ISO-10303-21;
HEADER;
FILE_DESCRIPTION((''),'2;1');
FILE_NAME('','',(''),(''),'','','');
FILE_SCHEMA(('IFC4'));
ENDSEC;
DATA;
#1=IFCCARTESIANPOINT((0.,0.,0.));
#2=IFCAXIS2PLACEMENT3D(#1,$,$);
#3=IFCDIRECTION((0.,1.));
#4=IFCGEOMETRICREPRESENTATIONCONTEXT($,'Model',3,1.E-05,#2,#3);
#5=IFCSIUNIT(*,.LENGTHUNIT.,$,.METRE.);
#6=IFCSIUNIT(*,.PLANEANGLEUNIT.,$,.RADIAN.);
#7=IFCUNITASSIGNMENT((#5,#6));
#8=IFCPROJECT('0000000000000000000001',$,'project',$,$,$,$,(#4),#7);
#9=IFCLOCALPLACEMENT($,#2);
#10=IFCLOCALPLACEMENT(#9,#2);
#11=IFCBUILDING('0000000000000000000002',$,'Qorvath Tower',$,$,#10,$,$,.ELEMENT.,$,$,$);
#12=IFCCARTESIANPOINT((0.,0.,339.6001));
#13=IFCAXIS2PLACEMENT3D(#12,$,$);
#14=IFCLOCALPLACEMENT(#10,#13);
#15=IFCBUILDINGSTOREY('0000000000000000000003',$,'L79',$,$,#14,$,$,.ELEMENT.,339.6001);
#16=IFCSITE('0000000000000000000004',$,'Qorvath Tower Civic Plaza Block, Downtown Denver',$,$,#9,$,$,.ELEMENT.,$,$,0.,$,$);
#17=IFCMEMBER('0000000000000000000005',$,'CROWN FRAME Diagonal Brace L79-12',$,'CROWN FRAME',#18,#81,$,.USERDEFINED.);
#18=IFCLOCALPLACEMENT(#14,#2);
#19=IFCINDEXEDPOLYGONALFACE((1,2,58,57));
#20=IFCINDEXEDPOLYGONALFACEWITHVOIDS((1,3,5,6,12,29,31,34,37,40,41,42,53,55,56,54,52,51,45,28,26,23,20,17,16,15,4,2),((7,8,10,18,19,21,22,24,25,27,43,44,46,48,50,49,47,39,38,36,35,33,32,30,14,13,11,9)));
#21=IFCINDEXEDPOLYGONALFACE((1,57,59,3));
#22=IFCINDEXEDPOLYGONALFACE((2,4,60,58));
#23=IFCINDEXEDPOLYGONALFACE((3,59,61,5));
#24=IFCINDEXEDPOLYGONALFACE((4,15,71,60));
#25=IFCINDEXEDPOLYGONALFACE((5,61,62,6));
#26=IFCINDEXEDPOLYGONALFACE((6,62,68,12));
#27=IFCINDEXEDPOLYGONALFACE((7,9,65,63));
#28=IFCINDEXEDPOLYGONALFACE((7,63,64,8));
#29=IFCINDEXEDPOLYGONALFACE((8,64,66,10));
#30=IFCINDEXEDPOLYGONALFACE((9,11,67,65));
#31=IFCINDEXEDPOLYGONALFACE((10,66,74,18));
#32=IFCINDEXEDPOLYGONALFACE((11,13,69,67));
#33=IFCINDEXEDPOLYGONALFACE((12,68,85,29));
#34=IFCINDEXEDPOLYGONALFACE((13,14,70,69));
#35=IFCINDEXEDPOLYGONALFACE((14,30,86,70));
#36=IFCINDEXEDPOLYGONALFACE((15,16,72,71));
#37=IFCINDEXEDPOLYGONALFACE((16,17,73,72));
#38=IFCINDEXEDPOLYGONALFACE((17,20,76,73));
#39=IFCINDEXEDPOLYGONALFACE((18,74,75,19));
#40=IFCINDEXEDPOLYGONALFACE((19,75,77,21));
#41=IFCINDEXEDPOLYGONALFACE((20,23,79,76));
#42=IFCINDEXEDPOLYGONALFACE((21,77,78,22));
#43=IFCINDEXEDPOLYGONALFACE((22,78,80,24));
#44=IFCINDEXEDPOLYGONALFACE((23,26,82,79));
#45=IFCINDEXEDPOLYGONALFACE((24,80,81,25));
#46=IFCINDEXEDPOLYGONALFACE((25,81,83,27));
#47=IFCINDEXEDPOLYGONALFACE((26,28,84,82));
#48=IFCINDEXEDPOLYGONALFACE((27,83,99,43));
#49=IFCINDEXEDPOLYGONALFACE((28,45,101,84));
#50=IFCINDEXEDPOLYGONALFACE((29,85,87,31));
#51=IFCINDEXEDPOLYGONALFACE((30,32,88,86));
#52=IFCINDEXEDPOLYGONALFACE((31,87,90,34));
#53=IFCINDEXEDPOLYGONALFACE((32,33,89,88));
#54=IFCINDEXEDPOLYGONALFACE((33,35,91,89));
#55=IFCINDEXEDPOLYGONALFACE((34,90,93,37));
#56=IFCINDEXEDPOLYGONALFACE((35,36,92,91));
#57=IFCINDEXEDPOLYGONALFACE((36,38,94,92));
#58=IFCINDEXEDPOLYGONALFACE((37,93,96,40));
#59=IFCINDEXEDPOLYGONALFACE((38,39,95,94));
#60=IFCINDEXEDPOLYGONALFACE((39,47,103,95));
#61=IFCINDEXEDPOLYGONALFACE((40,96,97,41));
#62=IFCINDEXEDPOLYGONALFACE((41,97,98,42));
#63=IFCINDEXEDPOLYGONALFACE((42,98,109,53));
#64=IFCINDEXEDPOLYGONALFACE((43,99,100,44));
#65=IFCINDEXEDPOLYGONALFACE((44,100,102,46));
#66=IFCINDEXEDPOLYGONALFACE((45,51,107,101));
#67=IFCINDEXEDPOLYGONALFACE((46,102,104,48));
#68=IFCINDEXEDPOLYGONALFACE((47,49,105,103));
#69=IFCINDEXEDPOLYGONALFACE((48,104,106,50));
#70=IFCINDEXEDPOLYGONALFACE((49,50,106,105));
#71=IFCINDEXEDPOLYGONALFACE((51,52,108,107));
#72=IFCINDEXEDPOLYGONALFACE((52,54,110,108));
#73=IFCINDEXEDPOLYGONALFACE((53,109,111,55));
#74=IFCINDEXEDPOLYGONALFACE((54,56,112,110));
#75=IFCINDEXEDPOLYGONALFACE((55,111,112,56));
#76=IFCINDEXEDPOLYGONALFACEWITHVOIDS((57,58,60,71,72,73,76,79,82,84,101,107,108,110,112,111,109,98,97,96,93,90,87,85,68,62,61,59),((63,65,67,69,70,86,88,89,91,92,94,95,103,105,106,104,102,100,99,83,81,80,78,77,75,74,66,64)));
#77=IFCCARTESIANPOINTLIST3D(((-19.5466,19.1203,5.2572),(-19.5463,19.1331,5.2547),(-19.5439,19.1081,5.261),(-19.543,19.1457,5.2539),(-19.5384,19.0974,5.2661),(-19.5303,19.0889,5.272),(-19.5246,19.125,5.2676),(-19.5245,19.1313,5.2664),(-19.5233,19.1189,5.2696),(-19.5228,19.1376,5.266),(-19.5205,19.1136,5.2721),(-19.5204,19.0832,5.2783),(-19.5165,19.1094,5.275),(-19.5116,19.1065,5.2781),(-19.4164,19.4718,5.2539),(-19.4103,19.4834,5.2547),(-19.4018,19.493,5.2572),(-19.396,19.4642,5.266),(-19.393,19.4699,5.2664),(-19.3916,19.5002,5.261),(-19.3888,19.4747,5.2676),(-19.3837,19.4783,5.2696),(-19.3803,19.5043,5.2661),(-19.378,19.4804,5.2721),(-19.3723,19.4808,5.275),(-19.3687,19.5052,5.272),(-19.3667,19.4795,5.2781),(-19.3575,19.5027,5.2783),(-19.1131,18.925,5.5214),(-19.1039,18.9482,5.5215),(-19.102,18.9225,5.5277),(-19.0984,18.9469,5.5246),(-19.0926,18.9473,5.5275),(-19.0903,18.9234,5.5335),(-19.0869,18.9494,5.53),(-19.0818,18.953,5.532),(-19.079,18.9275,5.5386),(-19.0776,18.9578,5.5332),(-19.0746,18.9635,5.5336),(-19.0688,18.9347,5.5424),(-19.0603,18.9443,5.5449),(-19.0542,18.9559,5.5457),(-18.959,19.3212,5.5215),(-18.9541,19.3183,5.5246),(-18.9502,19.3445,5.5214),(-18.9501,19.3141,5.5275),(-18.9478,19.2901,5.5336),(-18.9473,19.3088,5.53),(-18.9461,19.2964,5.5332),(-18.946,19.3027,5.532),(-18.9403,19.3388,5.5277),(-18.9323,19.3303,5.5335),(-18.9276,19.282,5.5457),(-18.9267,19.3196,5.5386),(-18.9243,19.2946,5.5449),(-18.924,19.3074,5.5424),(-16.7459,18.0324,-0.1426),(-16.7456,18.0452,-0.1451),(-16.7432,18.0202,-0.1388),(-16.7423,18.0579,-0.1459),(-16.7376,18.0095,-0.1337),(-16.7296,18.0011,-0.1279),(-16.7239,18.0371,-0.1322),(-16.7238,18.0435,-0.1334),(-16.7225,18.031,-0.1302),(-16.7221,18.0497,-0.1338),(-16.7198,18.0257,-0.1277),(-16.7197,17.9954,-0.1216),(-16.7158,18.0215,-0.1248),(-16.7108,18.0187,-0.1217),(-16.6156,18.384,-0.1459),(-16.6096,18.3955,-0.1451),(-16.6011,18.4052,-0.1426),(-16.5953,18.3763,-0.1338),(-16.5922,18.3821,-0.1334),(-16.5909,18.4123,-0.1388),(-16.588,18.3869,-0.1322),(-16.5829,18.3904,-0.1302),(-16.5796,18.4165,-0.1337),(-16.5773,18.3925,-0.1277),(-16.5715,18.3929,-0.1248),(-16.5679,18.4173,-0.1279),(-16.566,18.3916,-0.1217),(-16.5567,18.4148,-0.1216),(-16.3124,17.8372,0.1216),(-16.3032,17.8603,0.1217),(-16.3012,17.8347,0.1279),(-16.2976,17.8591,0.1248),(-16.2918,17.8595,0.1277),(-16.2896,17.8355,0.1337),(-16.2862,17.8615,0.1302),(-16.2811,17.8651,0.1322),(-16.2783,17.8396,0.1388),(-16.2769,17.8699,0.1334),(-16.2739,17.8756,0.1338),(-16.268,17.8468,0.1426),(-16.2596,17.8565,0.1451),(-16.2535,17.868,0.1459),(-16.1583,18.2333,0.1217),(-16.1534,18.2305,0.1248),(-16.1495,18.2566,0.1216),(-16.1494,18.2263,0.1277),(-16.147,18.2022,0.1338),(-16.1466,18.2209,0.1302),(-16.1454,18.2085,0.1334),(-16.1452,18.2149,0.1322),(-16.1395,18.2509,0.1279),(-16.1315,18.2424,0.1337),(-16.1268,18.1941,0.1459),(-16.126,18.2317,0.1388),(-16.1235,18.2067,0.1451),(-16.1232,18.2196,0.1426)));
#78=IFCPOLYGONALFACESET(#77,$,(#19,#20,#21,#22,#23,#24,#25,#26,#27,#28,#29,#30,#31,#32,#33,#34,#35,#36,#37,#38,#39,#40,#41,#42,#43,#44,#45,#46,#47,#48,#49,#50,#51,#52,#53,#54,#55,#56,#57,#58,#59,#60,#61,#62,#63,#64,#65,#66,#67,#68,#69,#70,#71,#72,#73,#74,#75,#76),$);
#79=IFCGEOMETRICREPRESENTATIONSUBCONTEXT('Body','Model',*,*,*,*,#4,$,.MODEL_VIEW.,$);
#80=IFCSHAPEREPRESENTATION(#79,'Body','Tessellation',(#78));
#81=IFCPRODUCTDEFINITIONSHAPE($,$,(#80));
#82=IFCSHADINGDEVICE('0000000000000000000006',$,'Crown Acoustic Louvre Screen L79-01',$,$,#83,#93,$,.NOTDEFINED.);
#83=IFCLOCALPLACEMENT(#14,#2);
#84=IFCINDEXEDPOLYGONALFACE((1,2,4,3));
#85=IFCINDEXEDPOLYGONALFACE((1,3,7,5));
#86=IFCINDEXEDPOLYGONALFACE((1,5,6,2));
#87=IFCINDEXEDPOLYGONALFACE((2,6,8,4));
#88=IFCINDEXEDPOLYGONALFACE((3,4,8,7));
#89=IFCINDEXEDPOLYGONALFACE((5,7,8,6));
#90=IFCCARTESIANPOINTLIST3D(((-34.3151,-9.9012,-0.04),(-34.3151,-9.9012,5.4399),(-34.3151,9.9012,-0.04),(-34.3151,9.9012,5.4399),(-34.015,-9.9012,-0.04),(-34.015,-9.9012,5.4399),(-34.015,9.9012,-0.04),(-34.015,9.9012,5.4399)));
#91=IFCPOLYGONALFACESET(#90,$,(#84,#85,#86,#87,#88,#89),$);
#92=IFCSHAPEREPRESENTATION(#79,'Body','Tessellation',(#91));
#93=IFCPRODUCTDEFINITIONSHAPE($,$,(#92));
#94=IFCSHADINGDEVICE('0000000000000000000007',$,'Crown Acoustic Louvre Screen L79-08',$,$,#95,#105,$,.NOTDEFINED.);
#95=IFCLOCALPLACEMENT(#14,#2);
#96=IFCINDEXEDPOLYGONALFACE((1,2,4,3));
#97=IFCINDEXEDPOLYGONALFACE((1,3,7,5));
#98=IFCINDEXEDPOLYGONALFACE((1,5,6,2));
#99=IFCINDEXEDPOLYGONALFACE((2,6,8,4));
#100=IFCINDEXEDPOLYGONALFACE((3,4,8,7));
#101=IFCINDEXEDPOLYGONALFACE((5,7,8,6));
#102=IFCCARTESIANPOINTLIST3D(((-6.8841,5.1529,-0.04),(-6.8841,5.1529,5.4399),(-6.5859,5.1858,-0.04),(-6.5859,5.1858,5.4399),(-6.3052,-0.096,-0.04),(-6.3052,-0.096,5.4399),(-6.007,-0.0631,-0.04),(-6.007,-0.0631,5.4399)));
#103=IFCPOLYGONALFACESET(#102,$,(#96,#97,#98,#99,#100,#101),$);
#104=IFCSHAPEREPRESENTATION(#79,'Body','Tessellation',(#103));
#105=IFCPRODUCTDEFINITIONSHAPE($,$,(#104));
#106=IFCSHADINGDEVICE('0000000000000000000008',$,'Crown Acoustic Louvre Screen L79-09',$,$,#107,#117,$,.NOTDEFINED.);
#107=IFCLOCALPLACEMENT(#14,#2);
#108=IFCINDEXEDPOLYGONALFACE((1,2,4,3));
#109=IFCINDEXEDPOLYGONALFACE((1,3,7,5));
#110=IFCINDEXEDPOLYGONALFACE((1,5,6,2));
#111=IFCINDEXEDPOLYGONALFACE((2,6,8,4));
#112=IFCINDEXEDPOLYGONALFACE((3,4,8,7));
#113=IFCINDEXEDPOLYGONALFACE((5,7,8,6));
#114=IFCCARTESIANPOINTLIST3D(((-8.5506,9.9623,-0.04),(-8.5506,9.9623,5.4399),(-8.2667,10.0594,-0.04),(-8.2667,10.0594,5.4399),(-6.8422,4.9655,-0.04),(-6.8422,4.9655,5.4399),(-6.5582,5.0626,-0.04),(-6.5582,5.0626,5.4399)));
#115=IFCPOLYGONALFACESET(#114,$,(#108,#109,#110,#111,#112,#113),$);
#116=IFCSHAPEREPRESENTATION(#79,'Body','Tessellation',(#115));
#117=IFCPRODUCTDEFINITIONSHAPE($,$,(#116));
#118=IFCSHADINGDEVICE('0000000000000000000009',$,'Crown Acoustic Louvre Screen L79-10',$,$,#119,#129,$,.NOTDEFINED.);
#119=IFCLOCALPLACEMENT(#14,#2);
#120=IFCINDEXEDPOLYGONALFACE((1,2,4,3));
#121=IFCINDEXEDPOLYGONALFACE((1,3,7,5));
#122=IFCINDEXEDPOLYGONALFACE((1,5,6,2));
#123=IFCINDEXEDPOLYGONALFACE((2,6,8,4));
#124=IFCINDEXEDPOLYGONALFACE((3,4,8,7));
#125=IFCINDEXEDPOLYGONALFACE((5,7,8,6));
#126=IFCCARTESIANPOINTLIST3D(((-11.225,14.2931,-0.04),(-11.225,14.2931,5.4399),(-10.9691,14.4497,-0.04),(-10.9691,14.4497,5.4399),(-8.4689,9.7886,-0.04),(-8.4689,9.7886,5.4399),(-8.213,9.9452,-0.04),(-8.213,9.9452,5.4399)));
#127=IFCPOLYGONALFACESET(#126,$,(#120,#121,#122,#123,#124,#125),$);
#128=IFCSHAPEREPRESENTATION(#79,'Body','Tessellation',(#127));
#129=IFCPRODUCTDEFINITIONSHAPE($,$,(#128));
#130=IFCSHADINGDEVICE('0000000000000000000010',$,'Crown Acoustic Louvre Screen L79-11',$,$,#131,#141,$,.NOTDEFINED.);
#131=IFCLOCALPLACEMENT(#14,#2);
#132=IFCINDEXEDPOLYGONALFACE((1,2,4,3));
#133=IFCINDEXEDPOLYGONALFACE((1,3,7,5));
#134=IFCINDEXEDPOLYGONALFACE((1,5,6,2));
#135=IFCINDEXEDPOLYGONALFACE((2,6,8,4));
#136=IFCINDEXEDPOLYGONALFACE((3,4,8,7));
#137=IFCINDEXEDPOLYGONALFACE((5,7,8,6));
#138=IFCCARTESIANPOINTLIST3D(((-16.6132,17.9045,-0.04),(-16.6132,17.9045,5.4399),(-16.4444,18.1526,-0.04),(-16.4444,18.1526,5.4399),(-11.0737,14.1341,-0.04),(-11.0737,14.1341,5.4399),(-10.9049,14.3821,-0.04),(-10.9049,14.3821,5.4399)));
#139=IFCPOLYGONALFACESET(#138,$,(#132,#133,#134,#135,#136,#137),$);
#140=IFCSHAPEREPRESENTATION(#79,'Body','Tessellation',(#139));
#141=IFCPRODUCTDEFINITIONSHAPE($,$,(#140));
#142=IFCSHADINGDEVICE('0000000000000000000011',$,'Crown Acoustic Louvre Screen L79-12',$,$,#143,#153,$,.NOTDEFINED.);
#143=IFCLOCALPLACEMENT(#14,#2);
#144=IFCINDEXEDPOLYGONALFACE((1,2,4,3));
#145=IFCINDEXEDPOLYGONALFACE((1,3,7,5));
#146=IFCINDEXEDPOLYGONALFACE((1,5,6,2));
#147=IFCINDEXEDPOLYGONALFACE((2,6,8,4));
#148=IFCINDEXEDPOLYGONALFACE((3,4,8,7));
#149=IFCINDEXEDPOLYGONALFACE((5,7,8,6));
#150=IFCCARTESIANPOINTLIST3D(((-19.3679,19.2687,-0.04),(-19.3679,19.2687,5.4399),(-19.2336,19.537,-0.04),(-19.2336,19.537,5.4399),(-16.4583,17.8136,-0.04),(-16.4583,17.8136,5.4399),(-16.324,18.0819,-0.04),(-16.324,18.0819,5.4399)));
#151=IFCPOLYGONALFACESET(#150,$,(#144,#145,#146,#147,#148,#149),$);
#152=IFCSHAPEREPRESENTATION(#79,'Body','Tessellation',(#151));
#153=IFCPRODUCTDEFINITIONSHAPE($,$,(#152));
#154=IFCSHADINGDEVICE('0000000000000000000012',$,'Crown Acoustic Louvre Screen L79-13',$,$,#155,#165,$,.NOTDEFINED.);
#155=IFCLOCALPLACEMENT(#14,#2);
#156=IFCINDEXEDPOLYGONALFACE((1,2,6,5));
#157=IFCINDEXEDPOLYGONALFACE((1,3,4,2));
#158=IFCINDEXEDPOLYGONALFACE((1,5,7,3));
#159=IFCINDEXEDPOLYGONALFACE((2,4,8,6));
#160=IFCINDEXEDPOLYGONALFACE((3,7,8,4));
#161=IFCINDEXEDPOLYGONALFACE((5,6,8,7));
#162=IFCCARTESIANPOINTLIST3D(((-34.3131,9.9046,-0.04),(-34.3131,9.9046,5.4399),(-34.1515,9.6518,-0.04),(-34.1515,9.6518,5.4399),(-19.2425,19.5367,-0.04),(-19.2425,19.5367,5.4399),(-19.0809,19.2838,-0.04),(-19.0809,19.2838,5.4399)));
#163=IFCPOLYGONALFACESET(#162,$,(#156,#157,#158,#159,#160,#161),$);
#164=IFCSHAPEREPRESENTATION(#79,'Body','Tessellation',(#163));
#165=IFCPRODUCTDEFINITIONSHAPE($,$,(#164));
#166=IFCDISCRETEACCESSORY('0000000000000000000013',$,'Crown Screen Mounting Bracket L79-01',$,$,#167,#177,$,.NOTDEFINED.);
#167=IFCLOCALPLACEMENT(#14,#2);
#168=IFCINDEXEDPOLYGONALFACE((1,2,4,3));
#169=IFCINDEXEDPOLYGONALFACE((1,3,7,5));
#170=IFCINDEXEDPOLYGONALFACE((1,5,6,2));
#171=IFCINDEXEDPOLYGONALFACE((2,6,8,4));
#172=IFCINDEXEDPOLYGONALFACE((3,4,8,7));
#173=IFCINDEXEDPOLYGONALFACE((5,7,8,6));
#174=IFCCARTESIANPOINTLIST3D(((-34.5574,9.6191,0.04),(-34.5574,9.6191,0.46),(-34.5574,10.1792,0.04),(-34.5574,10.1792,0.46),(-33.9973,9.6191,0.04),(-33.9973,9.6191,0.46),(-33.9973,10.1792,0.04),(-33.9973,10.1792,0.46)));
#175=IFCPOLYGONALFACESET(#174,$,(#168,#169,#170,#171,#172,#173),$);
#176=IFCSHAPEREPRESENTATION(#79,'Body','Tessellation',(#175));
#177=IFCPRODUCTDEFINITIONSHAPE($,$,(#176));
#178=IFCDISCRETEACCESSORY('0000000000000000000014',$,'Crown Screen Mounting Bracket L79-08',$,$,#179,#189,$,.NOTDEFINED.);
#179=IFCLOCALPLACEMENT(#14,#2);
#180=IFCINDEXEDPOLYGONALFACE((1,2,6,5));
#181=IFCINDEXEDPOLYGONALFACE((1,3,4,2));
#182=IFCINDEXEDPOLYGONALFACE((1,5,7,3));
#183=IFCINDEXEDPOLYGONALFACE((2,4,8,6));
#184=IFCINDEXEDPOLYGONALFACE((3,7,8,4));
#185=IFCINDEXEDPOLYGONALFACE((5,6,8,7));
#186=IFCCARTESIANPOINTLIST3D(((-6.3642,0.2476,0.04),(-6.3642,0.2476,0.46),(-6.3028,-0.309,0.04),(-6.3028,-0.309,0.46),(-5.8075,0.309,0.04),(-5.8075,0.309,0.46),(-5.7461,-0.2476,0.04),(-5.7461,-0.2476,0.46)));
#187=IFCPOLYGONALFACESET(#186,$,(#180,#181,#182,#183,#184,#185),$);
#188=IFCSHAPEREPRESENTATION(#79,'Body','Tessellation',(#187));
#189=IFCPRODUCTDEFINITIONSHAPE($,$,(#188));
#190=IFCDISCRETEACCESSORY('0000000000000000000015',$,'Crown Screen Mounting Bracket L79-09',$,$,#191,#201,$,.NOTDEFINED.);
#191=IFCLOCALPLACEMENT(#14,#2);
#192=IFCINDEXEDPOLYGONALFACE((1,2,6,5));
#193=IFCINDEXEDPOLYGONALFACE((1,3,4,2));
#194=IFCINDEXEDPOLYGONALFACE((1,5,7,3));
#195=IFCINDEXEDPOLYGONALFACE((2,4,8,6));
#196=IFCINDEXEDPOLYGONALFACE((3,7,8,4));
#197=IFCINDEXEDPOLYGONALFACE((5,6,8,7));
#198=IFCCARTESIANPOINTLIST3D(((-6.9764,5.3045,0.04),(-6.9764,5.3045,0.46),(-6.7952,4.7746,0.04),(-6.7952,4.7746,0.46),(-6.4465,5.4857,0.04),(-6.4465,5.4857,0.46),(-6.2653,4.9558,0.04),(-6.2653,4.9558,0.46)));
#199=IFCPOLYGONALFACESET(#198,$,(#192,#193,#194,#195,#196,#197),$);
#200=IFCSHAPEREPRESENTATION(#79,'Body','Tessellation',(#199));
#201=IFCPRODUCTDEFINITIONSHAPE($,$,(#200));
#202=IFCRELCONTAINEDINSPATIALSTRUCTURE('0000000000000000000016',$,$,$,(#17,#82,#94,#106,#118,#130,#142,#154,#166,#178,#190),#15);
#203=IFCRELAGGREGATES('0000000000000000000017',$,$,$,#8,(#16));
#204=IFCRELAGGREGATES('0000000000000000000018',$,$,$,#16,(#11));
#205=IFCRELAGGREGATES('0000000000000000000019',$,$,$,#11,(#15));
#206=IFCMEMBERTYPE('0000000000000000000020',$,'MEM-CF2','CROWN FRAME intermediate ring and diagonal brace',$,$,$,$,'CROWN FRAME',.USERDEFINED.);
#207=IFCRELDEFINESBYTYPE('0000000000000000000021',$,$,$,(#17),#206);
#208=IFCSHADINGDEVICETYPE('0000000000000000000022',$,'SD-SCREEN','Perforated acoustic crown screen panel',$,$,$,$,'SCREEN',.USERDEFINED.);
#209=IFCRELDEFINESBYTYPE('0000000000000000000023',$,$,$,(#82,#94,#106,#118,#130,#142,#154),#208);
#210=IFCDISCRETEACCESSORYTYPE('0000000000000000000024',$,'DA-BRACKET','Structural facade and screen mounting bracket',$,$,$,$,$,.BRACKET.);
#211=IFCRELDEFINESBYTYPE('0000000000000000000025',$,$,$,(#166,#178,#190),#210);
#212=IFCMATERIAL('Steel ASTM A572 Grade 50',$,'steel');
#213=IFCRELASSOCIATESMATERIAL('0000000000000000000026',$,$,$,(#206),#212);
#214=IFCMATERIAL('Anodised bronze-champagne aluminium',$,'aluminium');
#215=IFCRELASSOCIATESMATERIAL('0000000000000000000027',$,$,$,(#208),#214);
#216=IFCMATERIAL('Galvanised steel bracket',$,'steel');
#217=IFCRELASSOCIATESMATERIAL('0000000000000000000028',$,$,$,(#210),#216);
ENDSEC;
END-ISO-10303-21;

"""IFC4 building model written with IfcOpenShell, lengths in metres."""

from ifc_helpers import new_model, si_unit, direction, frame, origin, origin_2d, place, context, subcontext, project, spatial, rectangle, hollow_rectangle, extrude, material, material_profile, profile_set, type_object, element, save


model = new_model("IFC4")

# Units and contexts
model_context = context("Model", 3, precision=1e-05, world=origin(), true_north=direction((0.0, 1.0)))
body_context = subcontext(model_context, "Body", "Model", "MODEL_VIEW")
ifc_project = project(units=[si_unit("LENGTHUNIT", "METRE"), si_unit("PLANEANGLEUNIT", "RADIAN")], contexts=[model_context])

# Site, building, storey
site_placement = place(None, origin())
site = spatial("IfcSite", under=ifc_project, at=site_placement, Name="Qorvath Tower Civic Plaza Block, Downtown Denver", CompositionType="ELEMENT", RefElevation=0.0)
building_placement = place(site_placement, origin())
building = spatial("IfcBuilding", under=site, at=building_placement, Name="Qorvath Tower", CompositionType="ELEMENT")
storey_placement = place(building_placement, frame((0.0, 0.0, 339.6001)))
storey = spatial("IfcBuildingStorey", under=building, at=storey_placement, Name="L79", CompositionType="ELEMENT", Elevation=339.6001)

# Member
ifc_material_1 = material(Name="Steel ASTM A572 Grade 50", Category="steel")
ifc_material_profile_1 = material_profile(ifc_material_1, hollow_rectangle(XDim=0.45, YDim=0.6001, WallThickness=0.0249, InnerFilletRadius=0.0249, OuterFilletRadius=0.05, at=origin_2d()), Name="CROWN BOX 600x450x25")
ifc_profile_set_1 = profile_set([ifc_material_profile_1], Name="Steel ASTM A572 Grade 50")
member_type_1 = type_object("IfcMemberType", Name="MEM-CF2", Description="CROWN FRAME intermediate ring and diagonal brace", ElementType="CROWN FRAME", PredefinedType="USERDEFINED", material=ifc_profile_set_1)
member_1_placement = place(storey_placement, frame((-16.4346, 18.126, 0.0), z_axis=(-0.453234, 0.176047, 0.873834), x_axis=(-0.36207, -0.932151, 0.0)))
element("IfcMember", 1, at=member_1_placement, inside=storey, type_object=member_type_1, Name="CROWN FRAME Diagonal Brace L79-12", ObjectType="CROWN FRAME", PredefinedType="USERDEFINED", context=body_context, shape_type="SweptSolid", body=[
    extrude(hollow_rectangle(XDim=0.45, YDim=0.6001, WallThickness=0.0249, InnerFilletRadius=0.0249, OuterFilletRadius=0.05, at=origin_2d()), origin(), (0.0, 0.0, 1.0), 6.1794),
])

# Shading devices
ifc_material_2 = material(Name="Anodised bronze-champagne aluminium", Category="aluminium")
shading_device_type = type_object("IfcShadingDeviceType", Name="SD-SCREEN", Description="Perforated acoustic crown screen panel", ElementType="SCREEN", PredefinedType="USERDEFINED", material=ifc_material_2)
shading_device_1_placement = place(storey_placement, frame((-34.165, 0.0, -0.04), z_axis=(0.0, 0.0, 1.0), x_axis=(0.0, -1.0, 0.0)))
element("IfcShadingDevice", 2, at=shading_device_1_placement, inside=storey, type_object=shading_device_type, Name="Crown Acoustic Louvre Screen L79-01", PredefinedType="NOTDEFINED", context=body_context, shape_type="SweptSolid", body=[
    extrude(rectangle(XDim=19.8025, YDim=0.3, at=origin_2d()), origin(), (0.0, 0.0, 1.0), 5.48),
])
for number, where, z_axis, x_axis, name in (
    (3, (-6.4456, 2.5449, -0.04), (0.0, 0.0, 1.0), (-0.109616, 0.993974, 0.0), "Crown Acoustic Louvre Screen L79-08"),
    (4, (-7.5544, 7.5125, -0.04), (0.0, 0.0, 1.0), (-0.323529, 0.946218, 0.0), "Crown Acoustic Louvre Screen L79-09"),
    (5, (-9.719, 12.1191, -0.04), (0.0, 0.0, 1.0), (-0.521906, 0.853003, 0.0), "Crown Acoustic Louvre Screen L79-10"),
):
    element("IfcShadingDevice", number, at=place(storey_placement, frame(where, z_axis=z_axis, x_axis=x_axis)), inside=storey, type_object=shading_device_type, Name=name, PredefinedType="NOTDEFINED", context=body_context, shape_type="SweptSolid", body=[
        extrude(rectangle(XDim=5.2808, YDim=0.3, at=origin_2d()), origin(), (0.0, 0.0, 1.0), 5.48),
    ])
shading_device_2_placement = place(storey_placement, frame((-13.759, 16.1433, -0.04), z_axis=(0.0, 0.0, 1.0), x_axis=(-0.826678, 0.562675, 0.0)))
element("IfcShadingDevice", 6, at=shading_device_2_placement, inside=storey, type_object=shading_device_type, Name="Crown Acoustic Louvre Screen L79-11", PredefinedType="NOTDEFINED", context=body_context, shape_type="SweptSolid", body=[
    extrude(rectangle(XDim=6.7009, YDim=0.3, at=origin_2d()), origin(), (0.0, 0.0, 1.0), 5.48),
])
shading_device_3_placement = place(storey_placement, frame((-17.8459, 18.6753, -0.04), z_axis=(0.0, 0.0, 1.0), x_axis=(-0.894388, 0.447292, 0.0)))
element("IfcShadingDevice", 7, at=shading_device_3_placement, inside=storey, type_object=shading_device_type, Name="Crown Acoustic Louvre Screen L79-12", PredefinedType="NOTDEFINED", context=body_context, shape_type="SweptSolid", body=[
    extrude(rectangle(XDim=3.2532, YDim=0.3, at=origin_2d()), origin(), (0.0, 0.0, 1.0), 5.48),
])
shading_device_4_placement = place(storey_placement, frame((-26.697, 14.5942, -0.04), z_axis=(0.0, 0.0, 1.0), x_axis=(-0.842606, -0.538531, 0.0)))
element("IfcShadingDevice", 8, at=shading_device_4_placement, inside=storey, type_object=shading_device_type, Name="Crown Acoustic Louvre Screen L79-13", PredefinedType="NOTDEFINED", context=body_context, shape_type="SweptSolid", body=[
    extrude(rectangle(XDim=17.8857, YDim=0.3, at=origin_2d()), origin(), (0.0, 0.0, 1.0), 5.48),
])

# Discrete accessories
ifc_material_3 = material(Name="Galvanised steel bracket", Category="steel")
discrete_accessory_type = type_object("IfcDiscreteAccessoryType", Name="DA-BRACKET", Description="Structural facade and screen mounting bracket", PredefinedType="BRACKET", material=ifc_material_3)
for number, where, z_axis, x_axis, name in (
    (9, (-34.2773, 9.8992, 0.04), (0.0, 0.0, 1.0), (0.0, -1.0, 0.0), "Crown Screen Mounting Bracket L79-01"),
    (10, (-6.0552, 0.0, 0.04), (0.0, 0.0, 1.0), (-0.109616, 0.993974, 0.0), "Crown Screen Mounting Bracket L79-08"),
    (11, (-6.6208, 5.1301, 0.04), (0.0, 0.0, 1.0), (-0.323529, 0.946218, 0.0), "Crown Screen Mounting Bracket L79-09"),
):
    element("IfcDiscreteAccessory", number, at=place(storey_placement, frame(where, z_axis=z_axis, x_axis=x_axis)), inside=storey, type_object=discrete_accessory_type, Name=name, PredefinedType="NOTDEFINED", context=body_context, shape_type="SweptSolid", body=[
        extrude(rectangle(XDim=0.5601, YDim=0.5601, at=origin_2d()), origin(), (0.0, 0.0, 1.0), 0.4199),
    ])

save(model, "model.ifc")
